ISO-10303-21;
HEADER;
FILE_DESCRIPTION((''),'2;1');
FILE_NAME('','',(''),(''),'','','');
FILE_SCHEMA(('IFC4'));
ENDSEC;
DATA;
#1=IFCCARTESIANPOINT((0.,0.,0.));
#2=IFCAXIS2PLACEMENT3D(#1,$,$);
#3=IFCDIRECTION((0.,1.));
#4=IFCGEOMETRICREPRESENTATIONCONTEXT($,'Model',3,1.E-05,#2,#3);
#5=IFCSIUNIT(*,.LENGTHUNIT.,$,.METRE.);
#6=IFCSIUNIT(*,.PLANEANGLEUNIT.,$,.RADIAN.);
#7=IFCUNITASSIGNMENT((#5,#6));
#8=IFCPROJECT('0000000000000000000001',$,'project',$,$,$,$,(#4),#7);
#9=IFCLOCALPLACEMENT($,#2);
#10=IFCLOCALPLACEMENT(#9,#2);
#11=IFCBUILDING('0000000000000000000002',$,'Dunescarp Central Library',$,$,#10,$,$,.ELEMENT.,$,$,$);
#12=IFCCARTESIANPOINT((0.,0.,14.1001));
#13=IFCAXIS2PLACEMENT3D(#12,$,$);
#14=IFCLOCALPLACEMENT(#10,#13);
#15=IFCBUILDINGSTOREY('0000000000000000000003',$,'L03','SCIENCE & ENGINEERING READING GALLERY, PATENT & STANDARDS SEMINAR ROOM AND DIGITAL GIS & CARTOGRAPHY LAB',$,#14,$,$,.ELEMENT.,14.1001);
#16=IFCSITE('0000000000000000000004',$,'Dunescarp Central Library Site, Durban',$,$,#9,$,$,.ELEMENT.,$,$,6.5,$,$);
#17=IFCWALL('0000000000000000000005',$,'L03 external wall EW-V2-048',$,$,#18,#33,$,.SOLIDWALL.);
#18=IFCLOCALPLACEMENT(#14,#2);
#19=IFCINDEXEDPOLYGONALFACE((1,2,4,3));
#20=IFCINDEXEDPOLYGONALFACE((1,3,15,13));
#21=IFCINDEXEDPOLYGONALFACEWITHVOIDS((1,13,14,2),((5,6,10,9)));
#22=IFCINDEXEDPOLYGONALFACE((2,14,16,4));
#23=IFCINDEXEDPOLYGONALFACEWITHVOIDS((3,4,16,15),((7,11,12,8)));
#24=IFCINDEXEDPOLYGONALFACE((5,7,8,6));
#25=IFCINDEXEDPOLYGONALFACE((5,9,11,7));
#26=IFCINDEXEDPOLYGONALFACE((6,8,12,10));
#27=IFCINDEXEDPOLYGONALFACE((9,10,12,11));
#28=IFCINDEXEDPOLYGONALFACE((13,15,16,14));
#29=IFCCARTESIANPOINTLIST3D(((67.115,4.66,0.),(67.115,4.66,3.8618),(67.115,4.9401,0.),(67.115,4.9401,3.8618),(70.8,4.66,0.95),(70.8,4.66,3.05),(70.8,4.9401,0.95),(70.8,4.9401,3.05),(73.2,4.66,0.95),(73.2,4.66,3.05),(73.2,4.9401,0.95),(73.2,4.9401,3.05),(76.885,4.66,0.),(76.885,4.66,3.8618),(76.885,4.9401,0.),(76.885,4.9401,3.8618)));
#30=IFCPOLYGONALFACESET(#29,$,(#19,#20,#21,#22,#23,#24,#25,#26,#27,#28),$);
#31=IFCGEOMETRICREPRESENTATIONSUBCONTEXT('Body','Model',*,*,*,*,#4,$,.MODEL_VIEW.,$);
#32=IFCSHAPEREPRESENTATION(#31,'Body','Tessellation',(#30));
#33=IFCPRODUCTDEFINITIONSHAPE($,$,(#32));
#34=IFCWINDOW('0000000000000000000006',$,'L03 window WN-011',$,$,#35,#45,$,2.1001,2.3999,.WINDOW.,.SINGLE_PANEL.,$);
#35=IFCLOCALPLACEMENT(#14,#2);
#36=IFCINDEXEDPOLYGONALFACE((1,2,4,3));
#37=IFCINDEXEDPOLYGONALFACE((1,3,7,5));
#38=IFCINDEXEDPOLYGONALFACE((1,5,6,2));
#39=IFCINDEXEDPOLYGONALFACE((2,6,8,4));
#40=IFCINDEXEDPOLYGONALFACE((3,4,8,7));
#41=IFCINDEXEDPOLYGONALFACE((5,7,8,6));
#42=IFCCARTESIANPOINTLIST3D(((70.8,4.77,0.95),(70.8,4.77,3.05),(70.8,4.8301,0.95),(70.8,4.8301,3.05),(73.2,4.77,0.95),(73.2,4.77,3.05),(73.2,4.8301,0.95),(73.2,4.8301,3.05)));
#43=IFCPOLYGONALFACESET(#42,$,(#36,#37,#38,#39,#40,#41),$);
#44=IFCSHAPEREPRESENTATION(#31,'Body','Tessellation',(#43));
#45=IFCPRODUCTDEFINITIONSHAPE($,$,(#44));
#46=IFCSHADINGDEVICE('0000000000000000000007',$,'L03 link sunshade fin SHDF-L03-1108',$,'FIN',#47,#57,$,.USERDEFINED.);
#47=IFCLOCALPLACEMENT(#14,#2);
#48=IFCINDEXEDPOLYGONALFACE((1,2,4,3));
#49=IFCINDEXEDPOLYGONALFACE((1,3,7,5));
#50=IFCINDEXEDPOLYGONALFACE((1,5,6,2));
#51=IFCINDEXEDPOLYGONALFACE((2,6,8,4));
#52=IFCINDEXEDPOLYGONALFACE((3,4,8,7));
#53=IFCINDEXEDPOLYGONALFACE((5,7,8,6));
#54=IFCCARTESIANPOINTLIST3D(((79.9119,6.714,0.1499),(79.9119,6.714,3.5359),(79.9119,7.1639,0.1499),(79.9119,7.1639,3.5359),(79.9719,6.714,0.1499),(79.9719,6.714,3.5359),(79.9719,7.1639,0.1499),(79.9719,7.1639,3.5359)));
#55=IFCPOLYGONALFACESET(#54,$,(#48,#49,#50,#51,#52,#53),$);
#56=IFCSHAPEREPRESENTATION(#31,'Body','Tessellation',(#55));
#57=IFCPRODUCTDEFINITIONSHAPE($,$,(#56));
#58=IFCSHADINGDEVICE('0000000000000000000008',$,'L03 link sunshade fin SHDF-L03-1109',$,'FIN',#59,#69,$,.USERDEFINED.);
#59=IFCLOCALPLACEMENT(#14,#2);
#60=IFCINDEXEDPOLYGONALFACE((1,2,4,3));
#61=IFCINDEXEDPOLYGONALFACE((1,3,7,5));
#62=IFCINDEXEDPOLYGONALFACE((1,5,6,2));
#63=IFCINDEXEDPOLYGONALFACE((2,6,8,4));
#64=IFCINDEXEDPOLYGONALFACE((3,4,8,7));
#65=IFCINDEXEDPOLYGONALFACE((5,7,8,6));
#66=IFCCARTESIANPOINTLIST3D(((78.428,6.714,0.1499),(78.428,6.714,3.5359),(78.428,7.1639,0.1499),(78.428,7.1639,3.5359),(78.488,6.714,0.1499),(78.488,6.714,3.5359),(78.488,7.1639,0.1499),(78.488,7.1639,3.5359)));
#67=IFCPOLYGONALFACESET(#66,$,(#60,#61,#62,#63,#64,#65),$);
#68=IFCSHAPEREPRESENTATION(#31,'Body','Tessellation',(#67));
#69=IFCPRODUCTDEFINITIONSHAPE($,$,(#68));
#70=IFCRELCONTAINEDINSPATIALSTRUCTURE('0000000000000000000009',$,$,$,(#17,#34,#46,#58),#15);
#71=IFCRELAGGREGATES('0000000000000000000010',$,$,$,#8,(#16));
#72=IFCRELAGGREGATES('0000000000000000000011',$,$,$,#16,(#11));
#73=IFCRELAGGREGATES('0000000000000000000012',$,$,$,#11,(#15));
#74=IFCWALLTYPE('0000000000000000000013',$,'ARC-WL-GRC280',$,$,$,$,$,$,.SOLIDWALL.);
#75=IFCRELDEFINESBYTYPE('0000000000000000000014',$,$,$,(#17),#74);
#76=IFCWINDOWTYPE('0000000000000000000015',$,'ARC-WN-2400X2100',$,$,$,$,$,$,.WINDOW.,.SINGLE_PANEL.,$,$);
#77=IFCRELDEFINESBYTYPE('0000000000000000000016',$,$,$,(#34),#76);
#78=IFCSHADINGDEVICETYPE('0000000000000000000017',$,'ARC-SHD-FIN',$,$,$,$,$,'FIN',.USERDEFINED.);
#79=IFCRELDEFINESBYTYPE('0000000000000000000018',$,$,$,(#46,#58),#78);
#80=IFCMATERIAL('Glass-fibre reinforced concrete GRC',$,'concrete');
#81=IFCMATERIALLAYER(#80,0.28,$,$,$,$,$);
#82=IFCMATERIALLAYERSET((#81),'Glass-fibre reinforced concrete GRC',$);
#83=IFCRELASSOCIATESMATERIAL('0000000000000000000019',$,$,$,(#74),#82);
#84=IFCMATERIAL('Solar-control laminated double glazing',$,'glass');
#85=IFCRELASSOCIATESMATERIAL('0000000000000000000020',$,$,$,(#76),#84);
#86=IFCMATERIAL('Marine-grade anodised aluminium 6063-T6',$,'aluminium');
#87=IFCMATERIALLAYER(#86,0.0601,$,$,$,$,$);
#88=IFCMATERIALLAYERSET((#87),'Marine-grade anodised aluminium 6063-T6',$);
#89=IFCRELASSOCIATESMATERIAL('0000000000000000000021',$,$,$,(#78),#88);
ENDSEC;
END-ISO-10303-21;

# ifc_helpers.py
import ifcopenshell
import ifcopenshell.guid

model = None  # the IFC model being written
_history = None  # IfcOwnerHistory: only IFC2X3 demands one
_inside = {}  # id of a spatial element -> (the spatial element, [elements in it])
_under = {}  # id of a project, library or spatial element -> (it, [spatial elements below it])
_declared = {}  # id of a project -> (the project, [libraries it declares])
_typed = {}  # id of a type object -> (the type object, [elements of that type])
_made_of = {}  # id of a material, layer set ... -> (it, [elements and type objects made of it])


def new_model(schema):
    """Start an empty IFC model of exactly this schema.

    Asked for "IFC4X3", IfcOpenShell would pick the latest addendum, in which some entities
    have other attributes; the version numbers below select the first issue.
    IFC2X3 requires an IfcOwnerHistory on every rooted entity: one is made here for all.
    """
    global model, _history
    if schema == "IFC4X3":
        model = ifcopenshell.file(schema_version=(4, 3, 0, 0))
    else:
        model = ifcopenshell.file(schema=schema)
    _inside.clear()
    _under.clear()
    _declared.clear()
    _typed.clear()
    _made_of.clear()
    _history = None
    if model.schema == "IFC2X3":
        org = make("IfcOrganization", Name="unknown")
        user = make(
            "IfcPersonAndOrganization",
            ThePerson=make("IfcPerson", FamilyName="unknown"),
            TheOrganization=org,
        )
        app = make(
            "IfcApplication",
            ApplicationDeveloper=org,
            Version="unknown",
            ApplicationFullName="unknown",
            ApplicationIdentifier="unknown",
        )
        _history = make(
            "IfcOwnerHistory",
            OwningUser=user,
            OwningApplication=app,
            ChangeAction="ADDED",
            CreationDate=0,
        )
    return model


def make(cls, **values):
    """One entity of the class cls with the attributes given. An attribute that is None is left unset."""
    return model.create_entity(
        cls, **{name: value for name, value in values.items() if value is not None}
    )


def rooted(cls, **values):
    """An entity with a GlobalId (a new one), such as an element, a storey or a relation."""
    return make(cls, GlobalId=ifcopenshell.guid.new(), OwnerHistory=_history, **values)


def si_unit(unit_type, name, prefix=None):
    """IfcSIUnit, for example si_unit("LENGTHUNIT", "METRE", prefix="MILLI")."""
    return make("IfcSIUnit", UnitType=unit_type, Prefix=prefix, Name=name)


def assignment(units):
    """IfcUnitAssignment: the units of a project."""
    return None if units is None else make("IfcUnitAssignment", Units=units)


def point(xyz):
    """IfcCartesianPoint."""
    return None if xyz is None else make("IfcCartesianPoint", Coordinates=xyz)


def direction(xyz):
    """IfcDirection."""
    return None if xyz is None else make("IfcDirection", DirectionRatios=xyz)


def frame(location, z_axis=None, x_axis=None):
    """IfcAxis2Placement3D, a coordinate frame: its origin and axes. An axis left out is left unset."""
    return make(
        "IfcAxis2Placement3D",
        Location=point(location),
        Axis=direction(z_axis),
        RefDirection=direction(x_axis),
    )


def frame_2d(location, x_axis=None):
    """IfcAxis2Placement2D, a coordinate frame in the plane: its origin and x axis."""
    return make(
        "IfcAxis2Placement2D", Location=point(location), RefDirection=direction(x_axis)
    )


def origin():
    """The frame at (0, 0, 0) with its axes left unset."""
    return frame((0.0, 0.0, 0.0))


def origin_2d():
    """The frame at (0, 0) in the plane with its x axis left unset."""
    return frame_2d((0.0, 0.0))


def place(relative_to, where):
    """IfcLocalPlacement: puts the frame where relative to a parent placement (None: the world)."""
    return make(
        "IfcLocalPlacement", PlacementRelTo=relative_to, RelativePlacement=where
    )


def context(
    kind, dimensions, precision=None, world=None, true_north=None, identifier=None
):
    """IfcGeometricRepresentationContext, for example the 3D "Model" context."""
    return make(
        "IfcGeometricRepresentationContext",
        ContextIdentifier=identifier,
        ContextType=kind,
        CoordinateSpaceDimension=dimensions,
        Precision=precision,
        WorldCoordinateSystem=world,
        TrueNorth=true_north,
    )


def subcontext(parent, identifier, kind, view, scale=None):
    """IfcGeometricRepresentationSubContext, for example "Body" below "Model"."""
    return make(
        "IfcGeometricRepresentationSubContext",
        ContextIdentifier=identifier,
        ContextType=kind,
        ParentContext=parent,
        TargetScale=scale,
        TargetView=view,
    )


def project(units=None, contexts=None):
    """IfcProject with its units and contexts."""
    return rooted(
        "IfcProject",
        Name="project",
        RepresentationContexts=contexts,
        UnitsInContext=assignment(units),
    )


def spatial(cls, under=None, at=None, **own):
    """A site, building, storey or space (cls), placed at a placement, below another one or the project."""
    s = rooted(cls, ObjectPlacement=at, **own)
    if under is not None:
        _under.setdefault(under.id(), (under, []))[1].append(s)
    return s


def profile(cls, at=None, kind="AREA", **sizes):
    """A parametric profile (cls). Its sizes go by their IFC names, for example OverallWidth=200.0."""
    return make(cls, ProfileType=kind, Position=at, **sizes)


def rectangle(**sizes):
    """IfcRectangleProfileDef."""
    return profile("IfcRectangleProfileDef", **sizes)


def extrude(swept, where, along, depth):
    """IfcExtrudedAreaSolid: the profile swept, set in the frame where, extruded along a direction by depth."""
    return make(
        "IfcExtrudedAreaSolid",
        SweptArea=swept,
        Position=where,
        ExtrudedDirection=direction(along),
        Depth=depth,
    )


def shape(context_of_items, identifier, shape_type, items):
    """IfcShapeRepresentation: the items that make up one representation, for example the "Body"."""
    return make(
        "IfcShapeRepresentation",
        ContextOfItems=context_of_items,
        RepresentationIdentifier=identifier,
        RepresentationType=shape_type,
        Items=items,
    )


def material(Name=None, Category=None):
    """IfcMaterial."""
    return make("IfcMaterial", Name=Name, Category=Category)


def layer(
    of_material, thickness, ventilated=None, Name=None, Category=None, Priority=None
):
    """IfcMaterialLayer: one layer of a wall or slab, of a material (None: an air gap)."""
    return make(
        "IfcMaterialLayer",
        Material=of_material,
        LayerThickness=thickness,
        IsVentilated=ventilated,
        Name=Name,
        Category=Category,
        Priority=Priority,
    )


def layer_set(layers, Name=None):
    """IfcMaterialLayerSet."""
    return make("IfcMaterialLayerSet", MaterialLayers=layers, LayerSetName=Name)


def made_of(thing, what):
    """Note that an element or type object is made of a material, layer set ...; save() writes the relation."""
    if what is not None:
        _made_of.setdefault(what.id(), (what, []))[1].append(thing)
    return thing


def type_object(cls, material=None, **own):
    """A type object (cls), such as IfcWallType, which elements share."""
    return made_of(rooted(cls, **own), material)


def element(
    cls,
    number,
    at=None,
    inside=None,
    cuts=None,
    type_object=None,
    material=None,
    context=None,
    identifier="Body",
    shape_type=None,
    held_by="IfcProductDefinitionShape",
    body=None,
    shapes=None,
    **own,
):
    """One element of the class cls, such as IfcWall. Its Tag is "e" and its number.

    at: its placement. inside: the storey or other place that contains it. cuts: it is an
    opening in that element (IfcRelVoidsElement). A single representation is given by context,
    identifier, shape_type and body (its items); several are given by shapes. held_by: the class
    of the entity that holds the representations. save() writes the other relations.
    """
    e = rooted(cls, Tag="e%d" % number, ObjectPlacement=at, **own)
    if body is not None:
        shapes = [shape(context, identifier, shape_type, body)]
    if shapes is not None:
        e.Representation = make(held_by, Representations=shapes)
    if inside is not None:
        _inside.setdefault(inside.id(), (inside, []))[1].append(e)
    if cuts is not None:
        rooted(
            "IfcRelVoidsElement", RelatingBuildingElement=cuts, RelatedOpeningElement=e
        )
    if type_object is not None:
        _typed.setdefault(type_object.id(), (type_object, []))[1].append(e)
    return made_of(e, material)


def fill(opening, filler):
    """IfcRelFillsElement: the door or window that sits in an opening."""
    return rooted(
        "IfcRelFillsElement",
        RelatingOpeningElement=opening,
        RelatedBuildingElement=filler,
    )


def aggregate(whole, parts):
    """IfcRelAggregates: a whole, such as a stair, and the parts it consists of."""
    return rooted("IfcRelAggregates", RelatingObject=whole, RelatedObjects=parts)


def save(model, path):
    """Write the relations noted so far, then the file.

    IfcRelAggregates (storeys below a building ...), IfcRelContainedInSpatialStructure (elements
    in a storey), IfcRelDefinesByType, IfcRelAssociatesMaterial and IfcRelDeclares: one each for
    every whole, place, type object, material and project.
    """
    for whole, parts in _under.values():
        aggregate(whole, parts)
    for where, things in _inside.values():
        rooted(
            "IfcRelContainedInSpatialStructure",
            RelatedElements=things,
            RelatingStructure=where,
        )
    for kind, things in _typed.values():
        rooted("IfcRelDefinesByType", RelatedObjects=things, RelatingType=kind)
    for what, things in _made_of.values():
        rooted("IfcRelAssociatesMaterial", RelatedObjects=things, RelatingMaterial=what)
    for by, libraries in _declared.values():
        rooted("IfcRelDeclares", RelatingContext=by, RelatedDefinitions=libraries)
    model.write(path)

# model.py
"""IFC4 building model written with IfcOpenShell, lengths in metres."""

from ifc_helpers import new_model, si_unit, direction, frame, frame_2d, origin, origin_2d, place, context, subcontext, project, spatial, rectangle, extrude, material, layer, layer_set, type_object, element, fill, save


model = new_model("IFC4")

# Units and contexts
model_context = context("Model", 3, precision=1e-05, world=origin(), true_north=direction((0.0, 1.0)))
body_context = subcontext(model_context, "Body", "Model", "MODEL_VIEW")
ifc_project = project(units=[si_unit("LENGTHUNIT", "METRE"), si_unit("PLANEANGLEUNIT", "RADIAN")], contexts=[model_context])

# Site, building, storey
site_placement = place(None, origin())
site = spatial("IfcSite", under=ifc_project, at=site_placement, Name="Dunescarp Central Library Site, Durban", CompositionType="ELEMENT", RefElevation=6.5)
building_placement = place(site_placement, origin())
building = spatial("IfcBuilding", under=site, at=building_placement, Name="Dunescarp Central Library", CompositionType="ELEMENT")
storey_placement = place(building_placement, frame((0.0, 0.0, 14.1001)))
storey = spatial("IfcBuildingStorey", under=building, at=storey_placement, Name="L03", Description="SCIENCE & ENGINEERING READING GALLERY, PATENT & STANDARDS SEMINAR ROOM AND DIGITAL GIS & CARTOGRAPHY LAB", CompositionType="ELEMENT", Elevation=14.1001)

# Shared definitions
ifc_material_1 = material(Name="Marine-grade anodised aluminium 6063-T6", Category="aluminium")

# Shared definitions
ifc_material_2 = material(Name="Solar-control laminated double glazing", Category="glass")

# Wall, opening, window
ifc_material_3 = material(Name="Glass-fibre reinforced concrete GRC", Category="concrete")
ifc_layer_1 = layer(ifc_material_3, 0.28)
ifc_layer_set_1 = layer_set([ifc_layer_1], Name="Glass-fibre reinforced concrete GRC")
wall_type = type_object("IfcWallType", Name="ARC-WL-GRC280", PredefinedType="SOLIDWALL", material=ifc_layer_set_1)
wall_placement = place(storey_placement, frame((76.885, 4.8, 0.0), z_axis=(0.0, 0.0, 1.0), x_axis=(-1.0, 0.0, 0.0)))
wall = element("IfcWall", 1, at=wall_placement, inside=storey, type_object=wall_type, Name="L03 external wall EW-V2-048", PredefinedType="SOLIDWALL", context=body_context, shape_type="SweptSolid", body=[
    extrude(rectangle(XDim=9.77, YDim=0.28, at=frame_2d((4.885, 0.0))), origin(), (0.0, 0.0, 1.0), 3.8618),
])
opening_placement = place(wall_placement, frame((3.6851, 0.0, 0.95)))
opening = element("IfcOpeningElement", 2, at=opening_placement, cuts=wall, PredefinedType="OPENING", context=body_context, shape_type="SweptSolid", body=[
    extrude(rectangle(XDim=2.3999, YDim=2.1001, at=frame_2d((1.2, 1.05))), frame((0.0, 0.1499, 0.0), z_axis=(0.0, -1.0, 0.0), x_axis=(1.0, 0.0, 0.0)), (0.0, 0.0, 1.0), 0.3),
])
window_type = type_object("IfcWindowType", Name="ARC-WN-2400X2100", PartitioningType="SINGLE_PANEL", PredefinedType="WINDOW", material=ifc_material_2)
window_placement = place(opening_placement, origin())
window = element("IfcWindow", 3, at=window_placement, inside=storey, type_object=window_type, Name="L03 window WN-011", OverallHeight=2.1001, OverallWidth=2.3999, PartitioningType="SINGLE_PANEL", PredefinedType="WINDOW", context=body_context, shape_type="SweptSolid", body=[
    extrude(rectangle(XDim=2.3999, YDim=2.1001, at=frame_2d((1.2, 1.05))), frame((0.0, 0.03, 0.0), z_axis=(0.0, -1.0, 0.0), x_axis=(1.0, 0.0, 0.0)), (0.0, 0.0, 1.0), 0.0601),
])
fill(opening, window)

# Shading devices
ifc_layer_2 = layer(ifc_material_1, 0.0601)
ifc_layer_set_2 = layer_set([ifc_layer_2], Name="Marine-grade anodised aluminium 6063-T6")
shading_device_type = type_object("IfcShadingDeviceType", Name="ARC-SHD-FIN", ElementType="FIN", PredefinedType="USERDEFINED", material=ifc_layer_set_2)
for number, where, z_axis, x_axis, name in (
    (4, (79.9419, 6.939, 0.1499), (0.0, 0.0, 1.0), (0.0, -1.0, 0.0), "L03 link sunshade fin SHDF-L03-1108"),
    (5, (78.458, 6.939, 0.1499), (0.0, 0.0, 1.0), (0.0, -1.0, 0.0), "L03 link sunshade fin SHDF-L03-1109"),
):
    element("IfcShadingDevice", number, at=place(storey_placement, frame(where, z_axis=z_axis, x_axis=x_axis)), inside=storey, type_object=shading_device_type, Name=name, ObjectType="FIN", PredefinedType="USERDEFINED", context=body_context, shape_type="SweptSolid", body=[
        extrude(rectangle(XDim=0.45, YDim=0.0601, at=origin_2d()), origin(), (0.0, 0.0, 1.0), 3.386),
    ])

save(model, "model.ifc")
